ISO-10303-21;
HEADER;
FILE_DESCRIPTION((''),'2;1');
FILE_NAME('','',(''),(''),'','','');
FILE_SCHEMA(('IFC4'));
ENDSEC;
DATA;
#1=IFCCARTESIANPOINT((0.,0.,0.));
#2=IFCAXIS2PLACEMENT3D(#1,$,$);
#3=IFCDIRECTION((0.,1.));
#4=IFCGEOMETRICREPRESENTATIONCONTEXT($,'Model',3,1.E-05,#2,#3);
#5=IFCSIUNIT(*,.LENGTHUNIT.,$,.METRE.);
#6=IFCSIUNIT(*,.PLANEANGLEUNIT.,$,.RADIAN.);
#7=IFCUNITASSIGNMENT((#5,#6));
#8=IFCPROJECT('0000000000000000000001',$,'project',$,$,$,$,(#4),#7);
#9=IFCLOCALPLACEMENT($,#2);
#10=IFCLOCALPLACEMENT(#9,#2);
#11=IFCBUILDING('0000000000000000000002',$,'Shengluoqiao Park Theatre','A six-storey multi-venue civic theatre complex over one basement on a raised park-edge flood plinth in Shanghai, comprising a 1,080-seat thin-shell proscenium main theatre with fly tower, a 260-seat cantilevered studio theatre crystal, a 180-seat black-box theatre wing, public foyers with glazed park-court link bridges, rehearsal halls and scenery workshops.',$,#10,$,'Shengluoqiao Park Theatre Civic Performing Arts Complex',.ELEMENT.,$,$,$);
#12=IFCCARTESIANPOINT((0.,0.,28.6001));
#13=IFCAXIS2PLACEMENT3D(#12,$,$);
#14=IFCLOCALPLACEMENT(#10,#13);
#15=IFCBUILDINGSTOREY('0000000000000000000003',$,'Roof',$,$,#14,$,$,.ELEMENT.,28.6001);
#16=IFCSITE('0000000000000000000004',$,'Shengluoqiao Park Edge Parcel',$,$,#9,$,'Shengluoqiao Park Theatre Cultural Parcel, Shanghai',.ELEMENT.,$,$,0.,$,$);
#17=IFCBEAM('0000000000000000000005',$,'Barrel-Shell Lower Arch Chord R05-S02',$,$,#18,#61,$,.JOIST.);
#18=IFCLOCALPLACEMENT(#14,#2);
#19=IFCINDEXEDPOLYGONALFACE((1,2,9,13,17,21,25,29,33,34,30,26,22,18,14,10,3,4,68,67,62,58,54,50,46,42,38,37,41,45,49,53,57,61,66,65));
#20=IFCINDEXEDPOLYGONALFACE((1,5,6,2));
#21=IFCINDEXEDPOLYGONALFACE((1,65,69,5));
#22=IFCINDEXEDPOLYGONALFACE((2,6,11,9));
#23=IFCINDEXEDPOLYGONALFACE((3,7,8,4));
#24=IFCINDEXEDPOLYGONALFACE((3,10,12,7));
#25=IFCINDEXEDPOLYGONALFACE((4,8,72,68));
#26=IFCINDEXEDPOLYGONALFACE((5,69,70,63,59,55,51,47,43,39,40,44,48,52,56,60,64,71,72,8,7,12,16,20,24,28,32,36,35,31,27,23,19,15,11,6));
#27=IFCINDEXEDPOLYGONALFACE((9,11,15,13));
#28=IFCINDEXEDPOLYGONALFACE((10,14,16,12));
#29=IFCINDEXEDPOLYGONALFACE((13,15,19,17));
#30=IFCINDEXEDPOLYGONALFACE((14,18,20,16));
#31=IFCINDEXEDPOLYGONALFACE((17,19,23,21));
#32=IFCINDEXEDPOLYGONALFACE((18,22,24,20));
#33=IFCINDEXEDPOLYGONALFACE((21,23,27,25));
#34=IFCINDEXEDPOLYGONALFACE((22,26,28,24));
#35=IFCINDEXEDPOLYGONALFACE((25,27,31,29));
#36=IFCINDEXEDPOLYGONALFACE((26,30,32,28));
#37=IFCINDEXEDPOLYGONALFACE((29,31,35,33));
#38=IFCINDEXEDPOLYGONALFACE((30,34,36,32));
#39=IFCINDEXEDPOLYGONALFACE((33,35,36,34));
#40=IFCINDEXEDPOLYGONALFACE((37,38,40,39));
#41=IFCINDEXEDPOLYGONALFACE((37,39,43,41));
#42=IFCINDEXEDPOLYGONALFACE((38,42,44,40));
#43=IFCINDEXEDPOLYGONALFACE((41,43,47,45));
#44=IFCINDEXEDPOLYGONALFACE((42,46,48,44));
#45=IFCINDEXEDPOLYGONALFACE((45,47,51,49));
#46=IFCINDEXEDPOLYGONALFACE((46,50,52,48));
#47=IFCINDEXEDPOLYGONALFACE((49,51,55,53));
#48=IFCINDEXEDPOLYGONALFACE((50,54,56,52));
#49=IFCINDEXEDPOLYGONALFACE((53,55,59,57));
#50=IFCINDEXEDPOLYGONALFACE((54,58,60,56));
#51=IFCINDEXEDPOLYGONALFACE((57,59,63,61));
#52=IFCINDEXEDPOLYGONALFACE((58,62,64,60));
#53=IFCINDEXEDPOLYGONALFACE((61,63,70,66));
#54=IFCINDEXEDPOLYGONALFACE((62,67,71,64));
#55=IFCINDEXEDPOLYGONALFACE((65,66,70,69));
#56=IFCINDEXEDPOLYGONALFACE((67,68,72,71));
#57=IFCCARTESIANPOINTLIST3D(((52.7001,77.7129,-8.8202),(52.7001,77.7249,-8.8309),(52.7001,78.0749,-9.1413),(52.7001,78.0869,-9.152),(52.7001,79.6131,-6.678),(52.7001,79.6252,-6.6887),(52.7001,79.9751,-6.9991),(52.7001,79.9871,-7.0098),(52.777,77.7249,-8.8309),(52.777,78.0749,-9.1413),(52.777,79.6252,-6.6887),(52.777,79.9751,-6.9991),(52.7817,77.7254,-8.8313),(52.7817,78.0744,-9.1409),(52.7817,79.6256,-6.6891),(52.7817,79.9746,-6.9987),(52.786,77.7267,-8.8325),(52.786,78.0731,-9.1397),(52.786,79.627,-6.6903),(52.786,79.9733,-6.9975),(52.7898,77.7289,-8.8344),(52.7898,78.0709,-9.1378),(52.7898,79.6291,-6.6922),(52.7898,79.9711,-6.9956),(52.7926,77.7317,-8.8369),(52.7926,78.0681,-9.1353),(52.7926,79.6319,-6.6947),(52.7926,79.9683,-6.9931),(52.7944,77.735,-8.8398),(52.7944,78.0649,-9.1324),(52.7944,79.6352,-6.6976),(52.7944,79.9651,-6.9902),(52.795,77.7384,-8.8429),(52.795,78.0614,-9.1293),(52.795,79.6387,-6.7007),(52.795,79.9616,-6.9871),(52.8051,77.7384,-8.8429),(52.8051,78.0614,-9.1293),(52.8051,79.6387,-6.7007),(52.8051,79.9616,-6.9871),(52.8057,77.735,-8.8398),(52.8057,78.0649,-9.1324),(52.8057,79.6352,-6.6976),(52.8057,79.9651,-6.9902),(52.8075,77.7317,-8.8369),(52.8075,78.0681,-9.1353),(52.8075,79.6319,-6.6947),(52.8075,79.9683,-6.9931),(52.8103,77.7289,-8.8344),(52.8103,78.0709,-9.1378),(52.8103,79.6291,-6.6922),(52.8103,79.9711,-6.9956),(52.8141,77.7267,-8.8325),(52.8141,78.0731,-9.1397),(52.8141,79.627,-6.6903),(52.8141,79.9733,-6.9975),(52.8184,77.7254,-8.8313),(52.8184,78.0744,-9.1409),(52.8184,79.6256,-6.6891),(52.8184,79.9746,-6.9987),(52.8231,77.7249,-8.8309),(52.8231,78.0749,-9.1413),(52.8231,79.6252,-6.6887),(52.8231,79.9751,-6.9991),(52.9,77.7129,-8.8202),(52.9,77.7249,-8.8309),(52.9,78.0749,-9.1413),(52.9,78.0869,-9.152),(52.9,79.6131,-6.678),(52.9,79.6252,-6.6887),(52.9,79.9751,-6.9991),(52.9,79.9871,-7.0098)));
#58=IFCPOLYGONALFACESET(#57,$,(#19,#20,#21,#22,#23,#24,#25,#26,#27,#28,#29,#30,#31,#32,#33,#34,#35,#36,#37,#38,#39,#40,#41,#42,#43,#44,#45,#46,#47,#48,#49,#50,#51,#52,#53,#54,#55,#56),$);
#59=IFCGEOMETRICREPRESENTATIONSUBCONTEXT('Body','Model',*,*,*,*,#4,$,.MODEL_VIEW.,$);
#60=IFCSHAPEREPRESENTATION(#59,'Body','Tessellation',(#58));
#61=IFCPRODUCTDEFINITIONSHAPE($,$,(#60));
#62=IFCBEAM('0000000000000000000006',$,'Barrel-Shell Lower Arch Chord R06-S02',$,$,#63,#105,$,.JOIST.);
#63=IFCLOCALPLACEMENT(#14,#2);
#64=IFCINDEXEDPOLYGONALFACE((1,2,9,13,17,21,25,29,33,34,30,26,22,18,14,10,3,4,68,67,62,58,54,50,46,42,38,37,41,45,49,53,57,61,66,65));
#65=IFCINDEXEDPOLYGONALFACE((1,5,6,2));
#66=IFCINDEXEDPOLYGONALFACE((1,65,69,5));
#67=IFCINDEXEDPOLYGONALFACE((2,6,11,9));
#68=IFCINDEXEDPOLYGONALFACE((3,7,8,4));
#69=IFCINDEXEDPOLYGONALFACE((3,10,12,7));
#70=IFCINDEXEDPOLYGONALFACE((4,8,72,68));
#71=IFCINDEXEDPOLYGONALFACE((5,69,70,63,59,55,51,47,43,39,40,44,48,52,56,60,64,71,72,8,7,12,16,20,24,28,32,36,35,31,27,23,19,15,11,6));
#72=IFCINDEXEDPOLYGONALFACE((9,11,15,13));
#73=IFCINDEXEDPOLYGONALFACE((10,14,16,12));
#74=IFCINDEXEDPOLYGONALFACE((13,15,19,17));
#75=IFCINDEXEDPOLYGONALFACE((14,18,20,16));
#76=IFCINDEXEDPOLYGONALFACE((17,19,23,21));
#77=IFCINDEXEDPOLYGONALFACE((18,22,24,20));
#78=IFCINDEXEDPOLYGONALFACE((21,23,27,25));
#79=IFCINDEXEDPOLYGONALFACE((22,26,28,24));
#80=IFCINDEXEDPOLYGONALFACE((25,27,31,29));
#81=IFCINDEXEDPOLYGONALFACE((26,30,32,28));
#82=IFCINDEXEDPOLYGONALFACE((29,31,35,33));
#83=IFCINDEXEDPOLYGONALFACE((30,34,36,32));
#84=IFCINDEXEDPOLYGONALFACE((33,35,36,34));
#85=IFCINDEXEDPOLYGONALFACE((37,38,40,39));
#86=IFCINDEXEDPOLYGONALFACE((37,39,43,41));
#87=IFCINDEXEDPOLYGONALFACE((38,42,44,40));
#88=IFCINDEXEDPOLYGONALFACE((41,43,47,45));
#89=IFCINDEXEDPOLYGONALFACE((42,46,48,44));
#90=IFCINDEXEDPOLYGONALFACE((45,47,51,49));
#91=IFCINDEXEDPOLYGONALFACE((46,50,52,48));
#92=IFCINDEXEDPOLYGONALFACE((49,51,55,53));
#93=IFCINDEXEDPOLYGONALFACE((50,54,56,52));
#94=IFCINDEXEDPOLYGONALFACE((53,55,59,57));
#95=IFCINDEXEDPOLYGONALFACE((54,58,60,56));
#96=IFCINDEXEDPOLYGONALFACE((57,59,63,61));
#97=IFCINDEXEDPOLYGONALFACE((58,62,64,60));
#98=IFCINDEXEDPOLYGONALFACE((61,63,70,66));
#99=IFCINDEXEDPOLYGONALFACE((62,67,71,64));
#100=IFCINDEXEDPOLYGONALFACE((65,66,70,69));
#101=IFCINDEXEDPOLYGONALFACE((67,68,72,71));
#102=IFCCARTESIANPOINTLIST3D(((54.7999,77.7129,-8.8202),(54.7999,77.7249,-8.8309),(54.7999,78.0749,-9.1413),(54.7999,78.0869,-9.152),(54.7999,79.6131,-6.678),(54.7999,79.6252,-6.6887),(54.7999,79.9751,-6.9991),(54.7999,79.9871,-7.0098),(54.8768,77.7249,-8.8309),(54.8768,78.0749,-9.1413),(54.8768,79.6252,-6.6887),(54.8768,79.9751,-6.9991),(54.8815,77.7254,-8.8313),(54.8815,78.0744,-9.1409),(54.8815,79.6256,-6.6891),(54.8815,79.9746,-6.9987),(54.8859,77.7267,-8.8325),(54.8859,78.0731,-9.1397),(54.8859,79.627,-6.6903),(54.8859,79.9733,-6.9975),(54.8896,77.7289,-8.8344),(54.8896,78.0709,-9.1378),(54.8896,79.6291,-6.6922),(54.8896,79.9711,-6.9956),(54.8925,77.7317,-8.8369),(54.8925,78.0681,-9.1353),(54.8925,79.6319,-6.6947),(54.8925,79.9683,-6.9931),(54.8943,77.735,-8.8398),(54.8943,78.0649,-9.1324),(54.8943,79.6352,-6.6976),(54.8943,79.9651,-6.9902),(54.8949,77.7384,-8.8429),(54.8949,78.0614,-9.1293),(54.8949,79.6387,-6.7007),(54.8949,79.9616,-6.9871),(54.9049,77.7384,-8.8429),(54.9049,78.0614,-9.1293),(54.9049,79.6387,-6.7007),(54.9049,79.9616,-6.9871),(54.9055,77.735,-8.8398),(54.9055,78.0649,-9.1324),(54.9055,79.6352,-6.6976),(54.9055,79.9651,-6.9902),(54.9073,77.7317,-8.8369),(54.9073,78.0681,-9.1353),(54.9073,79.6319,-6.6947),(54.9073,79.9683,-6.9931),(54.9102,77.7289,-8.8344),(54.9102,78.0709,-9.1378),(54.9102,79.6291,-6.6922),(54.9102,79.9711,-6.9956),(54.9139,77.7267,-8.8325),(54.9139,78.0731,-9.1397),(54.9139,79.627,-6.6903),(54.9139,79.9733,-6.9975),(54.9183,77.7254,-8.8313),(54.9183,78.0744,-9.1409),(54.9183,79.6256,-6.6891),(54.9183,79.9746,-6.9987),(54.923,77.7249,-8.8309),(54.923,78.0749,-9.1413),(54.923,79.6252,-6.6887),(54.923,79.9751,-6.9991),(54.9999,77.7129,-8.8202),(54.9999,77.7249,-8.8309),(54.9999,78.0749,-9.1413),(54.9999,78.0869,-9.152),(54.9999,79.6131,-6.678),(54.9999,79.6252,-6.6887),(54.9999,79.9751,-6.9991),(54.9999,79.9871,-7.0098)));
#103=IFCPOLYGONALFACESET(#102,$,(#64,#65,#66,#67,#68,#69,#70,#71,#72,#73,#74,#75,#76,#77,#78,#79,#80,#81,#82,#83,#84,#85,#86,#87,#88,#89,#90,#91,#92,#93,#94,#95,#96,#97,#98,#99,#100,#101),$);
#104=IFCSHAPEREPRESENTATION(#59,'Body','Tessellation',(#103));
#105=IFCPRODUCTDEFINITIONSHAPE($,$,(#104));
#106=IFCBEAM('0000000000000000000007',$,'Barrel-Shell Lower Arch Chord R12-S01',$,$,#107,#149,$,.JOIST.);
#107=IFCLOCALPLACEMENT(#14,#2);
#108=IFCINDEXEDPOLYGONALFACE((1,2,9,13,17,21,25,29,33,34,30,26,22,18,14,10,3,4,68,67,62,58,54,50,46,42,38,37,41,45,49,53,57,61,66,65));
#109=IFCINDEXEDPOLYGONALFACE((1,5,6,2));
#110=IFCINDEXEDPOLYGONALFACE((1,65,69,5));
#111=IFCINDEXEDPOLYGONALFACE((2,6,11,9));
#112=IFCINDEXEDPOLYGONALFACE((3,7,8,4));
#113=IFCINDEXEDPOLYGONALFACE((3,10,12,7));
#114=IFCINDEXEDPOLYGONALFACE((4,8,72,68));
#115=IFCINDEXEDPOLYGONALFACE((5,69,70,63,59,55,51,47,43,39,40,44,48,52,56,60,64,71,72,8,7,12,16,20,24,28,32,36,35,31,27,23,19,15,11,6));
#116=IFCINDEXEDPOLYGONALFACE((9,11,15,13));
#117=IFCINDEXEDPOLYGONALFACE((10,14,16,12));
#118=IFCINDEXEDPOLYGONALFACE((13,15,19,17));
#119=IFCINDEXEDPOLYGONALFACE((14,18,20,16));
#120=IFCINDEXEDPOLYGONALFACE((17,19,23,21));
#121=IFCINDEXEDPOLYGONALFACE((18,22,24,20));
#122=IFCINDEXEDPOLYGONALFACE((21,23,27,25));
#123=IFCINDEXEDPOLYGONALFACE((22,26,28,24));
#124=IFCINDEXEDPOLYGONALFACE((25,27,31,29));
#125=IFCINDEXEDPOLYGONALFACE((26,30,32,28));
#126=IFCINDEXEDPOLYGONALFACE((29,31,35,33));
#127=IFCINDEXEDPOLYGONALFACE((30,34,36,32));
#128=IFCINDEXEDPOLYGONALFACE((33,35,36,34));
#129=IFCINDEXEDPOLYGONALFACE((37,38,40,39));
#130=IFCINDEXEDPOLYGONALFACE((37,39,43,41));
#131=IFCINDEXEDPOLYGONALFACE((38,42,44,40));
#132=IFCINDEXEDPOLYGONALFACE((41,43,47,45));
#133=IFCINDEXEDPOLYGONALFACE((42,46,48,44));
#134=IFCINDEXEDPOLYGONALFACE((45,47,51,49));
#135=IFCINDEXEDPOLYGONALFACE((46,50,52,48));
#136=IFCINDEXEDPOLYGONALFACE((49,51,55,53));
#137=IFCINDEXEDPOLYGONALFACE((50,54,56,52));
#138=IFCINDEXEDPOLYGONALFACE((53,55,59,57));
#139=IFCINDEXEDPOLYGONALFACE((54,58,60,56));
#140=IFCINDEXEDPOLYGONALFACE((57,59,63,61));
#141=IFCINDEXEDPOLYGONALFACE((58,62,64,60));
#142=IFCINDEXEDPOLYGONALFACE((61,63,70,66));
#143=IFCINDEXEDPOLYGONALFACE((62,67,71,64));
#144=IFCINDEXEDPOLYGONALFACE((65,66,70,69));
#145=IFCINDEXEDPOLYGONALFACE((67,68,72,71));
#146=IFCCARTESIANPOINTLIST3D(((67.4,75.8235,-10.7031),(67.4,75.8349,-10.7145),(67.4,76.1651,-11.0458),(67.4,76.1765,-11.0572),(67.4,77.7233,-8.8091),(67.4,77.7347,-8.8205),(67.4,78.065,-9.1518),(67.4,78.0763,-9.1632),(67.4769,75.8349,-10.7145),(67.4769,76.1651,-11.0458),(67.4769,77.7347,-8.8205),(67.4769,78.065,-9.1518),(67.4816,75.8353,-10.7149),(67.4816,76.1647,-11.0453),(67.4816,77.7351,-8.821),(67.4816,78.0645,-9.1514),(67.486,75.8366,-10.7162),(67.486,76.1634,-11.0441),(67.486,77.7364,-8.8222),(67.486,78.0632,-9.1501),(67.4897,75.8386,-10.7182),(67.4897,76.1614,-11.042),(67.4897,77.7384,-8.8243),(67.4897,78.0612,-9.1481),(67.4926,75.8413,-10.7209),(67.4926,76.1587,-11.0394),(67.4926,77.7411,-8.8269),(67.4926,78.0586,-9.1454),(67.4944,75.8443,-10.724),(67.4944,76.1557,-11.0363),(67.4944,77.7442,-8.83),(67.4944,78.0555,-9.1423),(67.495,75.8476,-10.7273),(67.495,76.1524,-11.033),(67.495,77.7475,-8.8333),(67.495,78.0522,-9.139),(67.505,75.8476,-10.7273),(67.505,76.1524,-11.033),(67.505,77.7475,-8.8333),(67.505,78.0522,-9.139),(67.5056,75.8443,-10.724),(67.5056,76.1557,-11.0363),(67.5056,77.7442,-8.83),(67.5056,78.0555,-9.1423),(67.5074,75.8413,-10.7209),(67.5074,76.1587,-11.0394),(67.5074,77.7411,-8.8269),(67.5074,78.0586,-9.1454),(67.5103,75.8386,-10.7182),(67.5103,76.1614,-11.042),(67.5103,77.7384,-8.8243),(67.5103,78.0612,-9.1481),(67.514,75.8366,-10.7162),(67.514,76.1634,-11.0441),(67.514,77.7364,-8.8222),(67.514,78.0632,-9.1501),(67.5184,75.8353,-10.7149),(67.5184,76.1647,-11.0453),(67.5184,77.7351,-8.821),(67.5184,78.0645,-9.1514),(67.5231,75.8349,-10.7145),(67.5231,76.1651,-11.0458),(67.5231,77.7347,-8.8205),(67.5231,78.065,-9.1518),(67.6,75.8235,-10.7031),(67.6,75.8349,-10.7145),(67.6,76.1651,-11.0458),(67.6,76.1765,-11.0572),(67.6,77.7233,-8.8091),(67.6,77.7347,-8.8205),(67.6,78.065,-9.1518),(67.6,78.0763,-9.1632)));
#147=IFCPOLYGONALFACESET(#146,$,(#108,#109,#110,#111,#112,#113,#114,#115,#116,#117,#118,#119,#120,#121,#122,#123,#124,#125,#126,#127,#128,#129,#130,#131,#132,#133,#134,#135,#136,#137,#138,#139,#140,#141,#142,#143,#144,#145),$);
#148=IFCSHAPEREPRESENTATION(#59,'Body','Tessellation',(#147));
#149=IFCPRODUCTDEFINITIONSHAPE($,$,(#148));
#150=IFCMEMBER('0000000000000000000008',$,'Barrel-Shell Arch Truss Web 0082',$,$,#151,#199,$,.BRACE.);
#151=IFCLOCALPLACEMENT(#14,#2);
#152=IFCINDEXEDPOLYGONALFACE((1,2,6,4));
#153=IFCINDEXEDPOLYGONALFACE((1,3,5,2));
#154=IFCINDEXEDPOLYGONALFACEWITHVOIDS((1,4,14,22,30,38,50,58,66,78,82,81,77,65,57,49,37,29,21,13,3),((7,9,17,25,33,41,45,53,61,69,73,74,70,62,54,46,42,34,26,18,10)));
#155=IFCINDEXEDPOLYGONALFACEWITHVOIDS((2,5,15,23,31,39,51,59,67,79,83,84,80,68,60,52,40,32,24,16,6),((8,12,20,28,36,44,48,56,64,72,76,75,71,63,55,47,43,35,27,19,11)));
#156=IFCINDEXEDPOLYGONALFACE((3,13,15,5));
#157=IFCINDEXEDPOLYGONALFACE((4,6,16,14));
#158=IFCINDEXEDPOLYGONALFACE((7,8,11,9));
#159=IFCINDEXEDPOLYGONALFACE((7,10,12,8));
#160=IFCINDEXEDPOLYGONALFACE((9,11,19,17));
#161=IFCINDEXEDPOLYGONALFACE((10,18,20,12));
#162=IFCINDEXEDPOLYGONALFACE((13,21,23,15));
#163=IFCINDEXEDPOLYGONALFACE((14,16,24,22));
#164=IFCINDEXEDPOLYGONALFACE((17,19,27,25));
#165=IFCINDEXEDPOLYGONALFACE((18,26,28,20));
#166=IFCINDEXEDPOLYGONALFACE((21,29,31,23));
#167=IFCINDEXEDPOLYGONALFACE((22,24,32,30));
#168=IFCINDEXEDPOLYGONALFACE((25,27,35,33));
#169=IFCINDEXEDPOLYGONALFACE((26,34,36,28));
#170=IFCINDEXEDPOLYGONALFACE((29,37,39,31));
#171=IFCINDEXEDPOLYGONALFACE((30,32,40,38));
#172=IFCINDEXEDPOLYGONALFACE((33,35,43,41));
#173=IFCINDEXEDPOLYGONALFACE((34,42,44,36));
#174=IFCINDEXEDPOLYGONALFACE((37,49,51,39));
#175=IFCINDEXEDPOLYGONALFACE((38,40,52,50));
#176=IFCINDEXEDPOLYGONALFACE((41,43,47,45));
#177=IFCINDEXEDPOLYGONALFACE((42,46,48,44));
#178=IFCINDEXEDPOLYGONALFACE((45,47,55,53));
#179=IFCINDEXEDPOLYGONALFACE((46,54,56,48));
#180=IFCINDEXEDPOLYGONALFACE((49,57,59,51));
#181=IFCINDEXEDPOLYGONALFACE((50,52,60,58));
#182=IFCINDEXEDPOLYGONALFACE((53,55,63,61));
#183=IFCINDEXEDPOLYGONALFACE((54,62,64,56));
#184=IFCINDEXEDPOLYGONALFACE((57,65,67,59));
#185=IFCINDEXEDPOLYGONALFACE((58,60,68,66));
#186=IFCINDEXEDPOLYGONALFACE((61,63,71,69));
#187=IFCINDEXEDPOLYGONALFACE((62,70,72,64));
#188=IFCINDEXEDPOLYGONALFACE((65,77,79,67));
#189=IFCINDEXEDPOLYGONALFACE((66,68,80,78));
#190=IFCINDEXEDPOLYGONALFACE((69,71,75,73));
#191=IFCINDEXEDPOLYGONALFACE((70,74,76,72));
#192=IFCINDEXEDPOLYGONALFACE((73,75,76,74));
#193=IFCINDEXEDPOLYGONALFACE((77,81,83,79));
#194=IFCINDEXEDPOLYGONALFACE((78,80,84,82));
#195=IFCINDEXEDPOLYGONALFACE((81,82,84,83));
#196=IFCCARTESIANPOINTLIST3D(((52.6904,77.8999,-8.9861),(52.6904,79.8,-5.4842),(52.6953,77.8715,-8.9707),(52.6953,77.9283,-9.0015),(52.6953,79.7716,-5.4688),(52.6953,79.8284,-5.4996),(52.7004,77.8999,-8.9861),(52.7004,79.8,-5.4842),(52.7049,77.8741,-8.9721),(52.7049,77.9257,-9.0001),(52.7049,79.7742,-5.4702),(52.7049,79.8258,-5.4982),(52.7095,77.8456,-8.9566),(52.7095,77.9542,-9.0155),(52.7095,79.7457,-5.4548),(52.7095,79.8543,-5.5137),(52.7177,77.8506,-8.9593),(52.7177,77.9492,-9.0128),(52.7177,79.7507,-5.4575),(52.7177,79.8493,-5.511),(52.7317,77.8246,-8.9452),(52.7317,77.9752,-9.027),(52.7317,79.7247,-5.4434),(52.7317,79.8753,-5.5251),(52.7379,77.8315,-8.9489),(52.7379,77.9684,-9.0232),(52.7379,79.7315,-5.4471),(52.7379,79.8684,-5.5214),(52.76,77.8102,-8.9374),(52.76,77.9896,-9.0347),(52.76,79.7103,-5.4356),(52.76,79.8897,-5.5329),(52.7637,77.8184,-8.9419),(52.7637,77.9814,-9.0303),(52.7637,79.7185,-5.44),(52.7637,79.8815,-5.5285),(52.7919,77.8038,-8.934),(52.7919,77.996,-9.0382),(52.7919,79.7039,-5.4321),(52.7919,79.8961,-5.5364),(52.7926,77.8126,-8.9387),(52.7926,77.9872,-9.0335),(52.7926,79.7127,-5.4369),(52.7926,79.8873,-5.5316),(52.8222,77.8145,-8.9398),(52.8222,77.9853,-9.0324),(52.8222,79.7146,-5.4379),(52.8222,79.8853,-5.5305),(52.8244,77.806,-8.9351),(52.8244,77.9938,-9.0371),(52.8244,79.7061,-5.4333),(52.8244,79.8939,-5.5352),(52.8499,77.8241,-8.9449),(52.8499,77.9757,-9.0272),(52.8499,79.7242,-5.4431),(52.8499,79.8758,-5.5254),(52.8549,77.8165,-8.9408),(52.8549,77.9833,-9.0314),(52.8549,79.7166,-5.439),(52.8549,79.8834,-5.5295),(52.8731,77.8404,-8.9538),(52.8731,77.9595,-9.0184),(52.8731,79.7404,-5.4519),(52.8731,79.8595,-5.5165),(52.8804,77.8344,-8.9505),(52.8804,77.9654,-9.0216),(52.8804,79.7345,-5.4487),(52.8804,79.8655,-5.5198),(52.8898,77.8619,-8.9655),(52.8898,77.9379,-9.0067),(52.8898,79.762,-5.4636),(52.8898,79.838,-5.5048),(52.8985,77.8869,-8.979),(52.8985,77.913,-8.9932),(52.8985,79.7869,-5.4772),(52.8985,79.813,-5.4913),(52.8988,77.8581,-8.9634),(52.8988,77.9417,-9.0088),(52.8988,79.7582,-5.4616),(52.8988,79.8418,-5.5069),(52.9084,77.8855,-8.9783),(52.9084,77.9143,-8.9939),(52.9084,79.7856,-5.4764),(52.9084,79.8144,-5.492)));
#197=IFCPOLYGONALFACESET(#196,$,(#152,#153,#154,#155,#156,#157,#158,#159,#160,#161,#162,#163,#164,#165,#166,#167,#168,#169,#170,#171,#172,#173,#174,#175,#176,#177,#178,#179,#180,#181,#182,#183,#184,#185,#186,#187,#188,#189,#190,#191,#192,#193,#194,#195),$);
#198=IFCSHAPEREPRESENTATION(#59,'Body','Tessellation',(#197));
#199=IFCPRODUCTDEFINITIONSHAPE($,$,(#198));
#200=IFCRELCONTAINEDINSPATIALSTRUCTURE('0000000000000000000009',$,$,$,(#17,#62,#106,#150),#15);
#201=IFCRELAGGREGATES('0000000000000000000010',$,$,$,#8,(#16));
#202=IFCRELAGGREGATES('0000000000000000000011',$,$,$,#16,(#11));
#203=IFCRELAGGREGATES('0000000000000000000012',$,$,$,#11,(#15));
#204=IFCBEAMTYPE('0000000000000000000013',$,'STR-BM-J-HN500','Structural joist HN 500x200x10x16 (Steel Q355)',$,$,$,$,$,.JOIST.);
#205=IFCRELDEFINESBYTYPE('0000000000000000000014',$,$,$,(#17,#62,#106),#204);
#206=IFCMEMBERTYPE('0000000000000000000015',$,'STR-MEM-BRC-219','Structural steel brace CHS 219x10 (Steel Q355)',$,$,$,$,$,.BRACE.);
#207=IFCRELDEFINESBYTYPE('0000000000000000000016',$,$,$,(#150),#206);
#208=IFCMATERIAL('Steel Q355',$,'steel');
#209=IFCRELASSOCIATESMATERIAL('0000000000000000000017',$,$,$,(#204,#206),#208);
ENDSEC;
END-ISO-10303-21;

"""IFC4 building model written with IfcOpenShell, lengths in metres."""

from ifc_helpers import new_model, si_unit, direction, frame, origin, origin_2d, place, context, subcontext, project, spatial, hollow_circle, i_section, extrude, material, material_profile, profile_set, type_object, element, save


model = new_model("IFC4")

# Units and contexts
model_context = context("Model", 3, precision=1e-05, world=origin(), true_north=direction((0.0, 1.0)))
body_context = subcontext(model_context, "Body", "Model", "MODEL_VIEW")
ifc_project = project(units=[si_unit("LENGTHUNIT", "METRE"), si_unit("PLANEANGLEUNIT", "RADIAN")], contexts=[model_context])

# Site, building, storey
site_placement = place(None, origin())
site = spatial("IfcSite", under=ifc_project, at=site_placement, Name="Shengluoqiao Park Edge Parcel", LongName="Shengluoqiao Park Theatre Cultural Parcel, Shanghai", CompositionType="ELEMENT", RefElevation=0.0)
building_placement = place(site_placement, origin())
building = spatial("IfcBuilding", under=site, at=building_placement, Name="Shengluoqiao Park Theatre", Description="A six-storey multi-venue civic theatre complex over one basement on a raised park-edge flood plinth in Shanghai, comprising a 1,080-seat thin-shell proscenium main theatre with fly tower, a 260-seat cantilevered studio theatre crystal, a 180-seat black-box theatre wing, public foyers with glazed park-court link bridges, rehearsal halls and scenery workshops.", LongName="Shengluoqiao Park Theatre Civic Performing Arts Complex", CompositionType="ELEMENT")
storey_placement = place(building_placement, frame((0.0, 0.0, 28.6001)))
storey = spatial("IfcBuildingStorey", under=building, at=storey_placement, Name="Roof", CompositionType="ELEMENT", Elevation=28.6001)

# Beams
ifc_material_1 = material(Name="Steel Q355", Category="steel")
ifc_material_profile_1 = material_profile(ifc_material_1, i_section(OverallWidth=0.2, OverallDepth=0.5, WebThickness=0.01, FlangeThickness=0.0161, FilletRadius=0.0181, at=origin_2d()), Name="HN 500x200x10x16")
ifc_profile_set_1 = profile_set([ifc_material_profile_1], Name="Steel Q355")
beam_type_1 = type_object("IfcBeamType", Name="STR-BM-J-HN500", Description="Structural joist HN 500x200x10x16 (Steel Q355)", PredefinedType="JOIST", material=ifc_profile_set_1)
for number, where, z_axis, x_axis, name in (
    (1, (52.8, 77.8999, -8.9861), (0.0, 0.663596, 0.748091), (-1.0, 0.0, 0.0), "Barrel-Shell Lower Arch Chord R05-S02"),
    (2, (54.8999, 77.8999, -8.9861), (0.0, 0.663596, 0.748091), (-1.0, 0.0, 0.0), "Barrel-Shell Lower Arch Chord R06-S02"),
):
    element("IfcBeam", number, at=place(storey_placement, frame(where, z_axis=z_axis, x_axis=x_axis)), inside=storey, type_object=beam_type_1, Name=name, PredefinedType="JOIST", context=body_context, shape_type="SweptSolid", body=[
        extrude(i_section(OverallWidth=0.2, OverallDepth=0.5, WebThickness=0.01, FlangeThickness=0.0161, FilletRadius=0.0181, at=origin_2d()), origin(), (0.0, 0.0, 1.0), 2.8635),
    ])
beam_1_placement = place(storey_placement, frame((67.5, 76.0, -10.8801), z_axis=(0.0, 0.708198, 0.706014), x_axis=(-1.0, 0.0, 0.0)))
element("IfcBeam", 3, at=beam_1_placement, inside=storey, type_object=beam_type_1, Name="Barrel-Shell Lower Arch Chord R12-S01", PredefinedType="JOIST", context=body_context, shape_type="SweptSolid", body=[
    extrude(i_section(OverallWidth=0.2, OverallDepth=0.5, WebThickness=0.01, FlangeThickness=0.0161, FilletRadius=0.0181, at=origin_2d()), origin(), (0.0, 0.0, 1.0), 2.6826),
])

# Member
ifc_material_profile_2 = material_profile(ifc_material_1, hollow_circle(Radius=0.1096, WallThickness=0.01, at=origin_2d()), Name="CHS 219x10")
ifc_profile_set_2 = profile_set([ifc_material_profile_2], Name="Steel Q355")
member_type_1 = type_object("IfcMemberType", Name="STR-MEM-BRC-219", Description="Structural steel brace CHS 219x10 (Steel Q355)", PredefinedType="BRACE", material=ifc_profile_set_2)
for number, where, z_axis, x_axis, name in (
    (4, (52.8, 77.8999, -8.9861), (0.0, 0.476915, 0.87895), (-1.0, 0.0, 0.0), "Barrel-Shell Arch Truss Web 0082"),
):
    element("IfcMember", number, at=place(storey_placement, frame(where, z_axis=z_axis, x_axis=x_axis)), inside=storey, type_object=member_type_1, Name=name, PredefinedType="BRACE", context=body_context, shape_type="SweptSolid", body=[
        extrude(hollow_circle(Radius=0.1096, WallThickness=0.01, at=origin_2d()), origin(), (0.0, 0.0, 1.0), 3.9841),
    ])

save(model, "model.ifc")
